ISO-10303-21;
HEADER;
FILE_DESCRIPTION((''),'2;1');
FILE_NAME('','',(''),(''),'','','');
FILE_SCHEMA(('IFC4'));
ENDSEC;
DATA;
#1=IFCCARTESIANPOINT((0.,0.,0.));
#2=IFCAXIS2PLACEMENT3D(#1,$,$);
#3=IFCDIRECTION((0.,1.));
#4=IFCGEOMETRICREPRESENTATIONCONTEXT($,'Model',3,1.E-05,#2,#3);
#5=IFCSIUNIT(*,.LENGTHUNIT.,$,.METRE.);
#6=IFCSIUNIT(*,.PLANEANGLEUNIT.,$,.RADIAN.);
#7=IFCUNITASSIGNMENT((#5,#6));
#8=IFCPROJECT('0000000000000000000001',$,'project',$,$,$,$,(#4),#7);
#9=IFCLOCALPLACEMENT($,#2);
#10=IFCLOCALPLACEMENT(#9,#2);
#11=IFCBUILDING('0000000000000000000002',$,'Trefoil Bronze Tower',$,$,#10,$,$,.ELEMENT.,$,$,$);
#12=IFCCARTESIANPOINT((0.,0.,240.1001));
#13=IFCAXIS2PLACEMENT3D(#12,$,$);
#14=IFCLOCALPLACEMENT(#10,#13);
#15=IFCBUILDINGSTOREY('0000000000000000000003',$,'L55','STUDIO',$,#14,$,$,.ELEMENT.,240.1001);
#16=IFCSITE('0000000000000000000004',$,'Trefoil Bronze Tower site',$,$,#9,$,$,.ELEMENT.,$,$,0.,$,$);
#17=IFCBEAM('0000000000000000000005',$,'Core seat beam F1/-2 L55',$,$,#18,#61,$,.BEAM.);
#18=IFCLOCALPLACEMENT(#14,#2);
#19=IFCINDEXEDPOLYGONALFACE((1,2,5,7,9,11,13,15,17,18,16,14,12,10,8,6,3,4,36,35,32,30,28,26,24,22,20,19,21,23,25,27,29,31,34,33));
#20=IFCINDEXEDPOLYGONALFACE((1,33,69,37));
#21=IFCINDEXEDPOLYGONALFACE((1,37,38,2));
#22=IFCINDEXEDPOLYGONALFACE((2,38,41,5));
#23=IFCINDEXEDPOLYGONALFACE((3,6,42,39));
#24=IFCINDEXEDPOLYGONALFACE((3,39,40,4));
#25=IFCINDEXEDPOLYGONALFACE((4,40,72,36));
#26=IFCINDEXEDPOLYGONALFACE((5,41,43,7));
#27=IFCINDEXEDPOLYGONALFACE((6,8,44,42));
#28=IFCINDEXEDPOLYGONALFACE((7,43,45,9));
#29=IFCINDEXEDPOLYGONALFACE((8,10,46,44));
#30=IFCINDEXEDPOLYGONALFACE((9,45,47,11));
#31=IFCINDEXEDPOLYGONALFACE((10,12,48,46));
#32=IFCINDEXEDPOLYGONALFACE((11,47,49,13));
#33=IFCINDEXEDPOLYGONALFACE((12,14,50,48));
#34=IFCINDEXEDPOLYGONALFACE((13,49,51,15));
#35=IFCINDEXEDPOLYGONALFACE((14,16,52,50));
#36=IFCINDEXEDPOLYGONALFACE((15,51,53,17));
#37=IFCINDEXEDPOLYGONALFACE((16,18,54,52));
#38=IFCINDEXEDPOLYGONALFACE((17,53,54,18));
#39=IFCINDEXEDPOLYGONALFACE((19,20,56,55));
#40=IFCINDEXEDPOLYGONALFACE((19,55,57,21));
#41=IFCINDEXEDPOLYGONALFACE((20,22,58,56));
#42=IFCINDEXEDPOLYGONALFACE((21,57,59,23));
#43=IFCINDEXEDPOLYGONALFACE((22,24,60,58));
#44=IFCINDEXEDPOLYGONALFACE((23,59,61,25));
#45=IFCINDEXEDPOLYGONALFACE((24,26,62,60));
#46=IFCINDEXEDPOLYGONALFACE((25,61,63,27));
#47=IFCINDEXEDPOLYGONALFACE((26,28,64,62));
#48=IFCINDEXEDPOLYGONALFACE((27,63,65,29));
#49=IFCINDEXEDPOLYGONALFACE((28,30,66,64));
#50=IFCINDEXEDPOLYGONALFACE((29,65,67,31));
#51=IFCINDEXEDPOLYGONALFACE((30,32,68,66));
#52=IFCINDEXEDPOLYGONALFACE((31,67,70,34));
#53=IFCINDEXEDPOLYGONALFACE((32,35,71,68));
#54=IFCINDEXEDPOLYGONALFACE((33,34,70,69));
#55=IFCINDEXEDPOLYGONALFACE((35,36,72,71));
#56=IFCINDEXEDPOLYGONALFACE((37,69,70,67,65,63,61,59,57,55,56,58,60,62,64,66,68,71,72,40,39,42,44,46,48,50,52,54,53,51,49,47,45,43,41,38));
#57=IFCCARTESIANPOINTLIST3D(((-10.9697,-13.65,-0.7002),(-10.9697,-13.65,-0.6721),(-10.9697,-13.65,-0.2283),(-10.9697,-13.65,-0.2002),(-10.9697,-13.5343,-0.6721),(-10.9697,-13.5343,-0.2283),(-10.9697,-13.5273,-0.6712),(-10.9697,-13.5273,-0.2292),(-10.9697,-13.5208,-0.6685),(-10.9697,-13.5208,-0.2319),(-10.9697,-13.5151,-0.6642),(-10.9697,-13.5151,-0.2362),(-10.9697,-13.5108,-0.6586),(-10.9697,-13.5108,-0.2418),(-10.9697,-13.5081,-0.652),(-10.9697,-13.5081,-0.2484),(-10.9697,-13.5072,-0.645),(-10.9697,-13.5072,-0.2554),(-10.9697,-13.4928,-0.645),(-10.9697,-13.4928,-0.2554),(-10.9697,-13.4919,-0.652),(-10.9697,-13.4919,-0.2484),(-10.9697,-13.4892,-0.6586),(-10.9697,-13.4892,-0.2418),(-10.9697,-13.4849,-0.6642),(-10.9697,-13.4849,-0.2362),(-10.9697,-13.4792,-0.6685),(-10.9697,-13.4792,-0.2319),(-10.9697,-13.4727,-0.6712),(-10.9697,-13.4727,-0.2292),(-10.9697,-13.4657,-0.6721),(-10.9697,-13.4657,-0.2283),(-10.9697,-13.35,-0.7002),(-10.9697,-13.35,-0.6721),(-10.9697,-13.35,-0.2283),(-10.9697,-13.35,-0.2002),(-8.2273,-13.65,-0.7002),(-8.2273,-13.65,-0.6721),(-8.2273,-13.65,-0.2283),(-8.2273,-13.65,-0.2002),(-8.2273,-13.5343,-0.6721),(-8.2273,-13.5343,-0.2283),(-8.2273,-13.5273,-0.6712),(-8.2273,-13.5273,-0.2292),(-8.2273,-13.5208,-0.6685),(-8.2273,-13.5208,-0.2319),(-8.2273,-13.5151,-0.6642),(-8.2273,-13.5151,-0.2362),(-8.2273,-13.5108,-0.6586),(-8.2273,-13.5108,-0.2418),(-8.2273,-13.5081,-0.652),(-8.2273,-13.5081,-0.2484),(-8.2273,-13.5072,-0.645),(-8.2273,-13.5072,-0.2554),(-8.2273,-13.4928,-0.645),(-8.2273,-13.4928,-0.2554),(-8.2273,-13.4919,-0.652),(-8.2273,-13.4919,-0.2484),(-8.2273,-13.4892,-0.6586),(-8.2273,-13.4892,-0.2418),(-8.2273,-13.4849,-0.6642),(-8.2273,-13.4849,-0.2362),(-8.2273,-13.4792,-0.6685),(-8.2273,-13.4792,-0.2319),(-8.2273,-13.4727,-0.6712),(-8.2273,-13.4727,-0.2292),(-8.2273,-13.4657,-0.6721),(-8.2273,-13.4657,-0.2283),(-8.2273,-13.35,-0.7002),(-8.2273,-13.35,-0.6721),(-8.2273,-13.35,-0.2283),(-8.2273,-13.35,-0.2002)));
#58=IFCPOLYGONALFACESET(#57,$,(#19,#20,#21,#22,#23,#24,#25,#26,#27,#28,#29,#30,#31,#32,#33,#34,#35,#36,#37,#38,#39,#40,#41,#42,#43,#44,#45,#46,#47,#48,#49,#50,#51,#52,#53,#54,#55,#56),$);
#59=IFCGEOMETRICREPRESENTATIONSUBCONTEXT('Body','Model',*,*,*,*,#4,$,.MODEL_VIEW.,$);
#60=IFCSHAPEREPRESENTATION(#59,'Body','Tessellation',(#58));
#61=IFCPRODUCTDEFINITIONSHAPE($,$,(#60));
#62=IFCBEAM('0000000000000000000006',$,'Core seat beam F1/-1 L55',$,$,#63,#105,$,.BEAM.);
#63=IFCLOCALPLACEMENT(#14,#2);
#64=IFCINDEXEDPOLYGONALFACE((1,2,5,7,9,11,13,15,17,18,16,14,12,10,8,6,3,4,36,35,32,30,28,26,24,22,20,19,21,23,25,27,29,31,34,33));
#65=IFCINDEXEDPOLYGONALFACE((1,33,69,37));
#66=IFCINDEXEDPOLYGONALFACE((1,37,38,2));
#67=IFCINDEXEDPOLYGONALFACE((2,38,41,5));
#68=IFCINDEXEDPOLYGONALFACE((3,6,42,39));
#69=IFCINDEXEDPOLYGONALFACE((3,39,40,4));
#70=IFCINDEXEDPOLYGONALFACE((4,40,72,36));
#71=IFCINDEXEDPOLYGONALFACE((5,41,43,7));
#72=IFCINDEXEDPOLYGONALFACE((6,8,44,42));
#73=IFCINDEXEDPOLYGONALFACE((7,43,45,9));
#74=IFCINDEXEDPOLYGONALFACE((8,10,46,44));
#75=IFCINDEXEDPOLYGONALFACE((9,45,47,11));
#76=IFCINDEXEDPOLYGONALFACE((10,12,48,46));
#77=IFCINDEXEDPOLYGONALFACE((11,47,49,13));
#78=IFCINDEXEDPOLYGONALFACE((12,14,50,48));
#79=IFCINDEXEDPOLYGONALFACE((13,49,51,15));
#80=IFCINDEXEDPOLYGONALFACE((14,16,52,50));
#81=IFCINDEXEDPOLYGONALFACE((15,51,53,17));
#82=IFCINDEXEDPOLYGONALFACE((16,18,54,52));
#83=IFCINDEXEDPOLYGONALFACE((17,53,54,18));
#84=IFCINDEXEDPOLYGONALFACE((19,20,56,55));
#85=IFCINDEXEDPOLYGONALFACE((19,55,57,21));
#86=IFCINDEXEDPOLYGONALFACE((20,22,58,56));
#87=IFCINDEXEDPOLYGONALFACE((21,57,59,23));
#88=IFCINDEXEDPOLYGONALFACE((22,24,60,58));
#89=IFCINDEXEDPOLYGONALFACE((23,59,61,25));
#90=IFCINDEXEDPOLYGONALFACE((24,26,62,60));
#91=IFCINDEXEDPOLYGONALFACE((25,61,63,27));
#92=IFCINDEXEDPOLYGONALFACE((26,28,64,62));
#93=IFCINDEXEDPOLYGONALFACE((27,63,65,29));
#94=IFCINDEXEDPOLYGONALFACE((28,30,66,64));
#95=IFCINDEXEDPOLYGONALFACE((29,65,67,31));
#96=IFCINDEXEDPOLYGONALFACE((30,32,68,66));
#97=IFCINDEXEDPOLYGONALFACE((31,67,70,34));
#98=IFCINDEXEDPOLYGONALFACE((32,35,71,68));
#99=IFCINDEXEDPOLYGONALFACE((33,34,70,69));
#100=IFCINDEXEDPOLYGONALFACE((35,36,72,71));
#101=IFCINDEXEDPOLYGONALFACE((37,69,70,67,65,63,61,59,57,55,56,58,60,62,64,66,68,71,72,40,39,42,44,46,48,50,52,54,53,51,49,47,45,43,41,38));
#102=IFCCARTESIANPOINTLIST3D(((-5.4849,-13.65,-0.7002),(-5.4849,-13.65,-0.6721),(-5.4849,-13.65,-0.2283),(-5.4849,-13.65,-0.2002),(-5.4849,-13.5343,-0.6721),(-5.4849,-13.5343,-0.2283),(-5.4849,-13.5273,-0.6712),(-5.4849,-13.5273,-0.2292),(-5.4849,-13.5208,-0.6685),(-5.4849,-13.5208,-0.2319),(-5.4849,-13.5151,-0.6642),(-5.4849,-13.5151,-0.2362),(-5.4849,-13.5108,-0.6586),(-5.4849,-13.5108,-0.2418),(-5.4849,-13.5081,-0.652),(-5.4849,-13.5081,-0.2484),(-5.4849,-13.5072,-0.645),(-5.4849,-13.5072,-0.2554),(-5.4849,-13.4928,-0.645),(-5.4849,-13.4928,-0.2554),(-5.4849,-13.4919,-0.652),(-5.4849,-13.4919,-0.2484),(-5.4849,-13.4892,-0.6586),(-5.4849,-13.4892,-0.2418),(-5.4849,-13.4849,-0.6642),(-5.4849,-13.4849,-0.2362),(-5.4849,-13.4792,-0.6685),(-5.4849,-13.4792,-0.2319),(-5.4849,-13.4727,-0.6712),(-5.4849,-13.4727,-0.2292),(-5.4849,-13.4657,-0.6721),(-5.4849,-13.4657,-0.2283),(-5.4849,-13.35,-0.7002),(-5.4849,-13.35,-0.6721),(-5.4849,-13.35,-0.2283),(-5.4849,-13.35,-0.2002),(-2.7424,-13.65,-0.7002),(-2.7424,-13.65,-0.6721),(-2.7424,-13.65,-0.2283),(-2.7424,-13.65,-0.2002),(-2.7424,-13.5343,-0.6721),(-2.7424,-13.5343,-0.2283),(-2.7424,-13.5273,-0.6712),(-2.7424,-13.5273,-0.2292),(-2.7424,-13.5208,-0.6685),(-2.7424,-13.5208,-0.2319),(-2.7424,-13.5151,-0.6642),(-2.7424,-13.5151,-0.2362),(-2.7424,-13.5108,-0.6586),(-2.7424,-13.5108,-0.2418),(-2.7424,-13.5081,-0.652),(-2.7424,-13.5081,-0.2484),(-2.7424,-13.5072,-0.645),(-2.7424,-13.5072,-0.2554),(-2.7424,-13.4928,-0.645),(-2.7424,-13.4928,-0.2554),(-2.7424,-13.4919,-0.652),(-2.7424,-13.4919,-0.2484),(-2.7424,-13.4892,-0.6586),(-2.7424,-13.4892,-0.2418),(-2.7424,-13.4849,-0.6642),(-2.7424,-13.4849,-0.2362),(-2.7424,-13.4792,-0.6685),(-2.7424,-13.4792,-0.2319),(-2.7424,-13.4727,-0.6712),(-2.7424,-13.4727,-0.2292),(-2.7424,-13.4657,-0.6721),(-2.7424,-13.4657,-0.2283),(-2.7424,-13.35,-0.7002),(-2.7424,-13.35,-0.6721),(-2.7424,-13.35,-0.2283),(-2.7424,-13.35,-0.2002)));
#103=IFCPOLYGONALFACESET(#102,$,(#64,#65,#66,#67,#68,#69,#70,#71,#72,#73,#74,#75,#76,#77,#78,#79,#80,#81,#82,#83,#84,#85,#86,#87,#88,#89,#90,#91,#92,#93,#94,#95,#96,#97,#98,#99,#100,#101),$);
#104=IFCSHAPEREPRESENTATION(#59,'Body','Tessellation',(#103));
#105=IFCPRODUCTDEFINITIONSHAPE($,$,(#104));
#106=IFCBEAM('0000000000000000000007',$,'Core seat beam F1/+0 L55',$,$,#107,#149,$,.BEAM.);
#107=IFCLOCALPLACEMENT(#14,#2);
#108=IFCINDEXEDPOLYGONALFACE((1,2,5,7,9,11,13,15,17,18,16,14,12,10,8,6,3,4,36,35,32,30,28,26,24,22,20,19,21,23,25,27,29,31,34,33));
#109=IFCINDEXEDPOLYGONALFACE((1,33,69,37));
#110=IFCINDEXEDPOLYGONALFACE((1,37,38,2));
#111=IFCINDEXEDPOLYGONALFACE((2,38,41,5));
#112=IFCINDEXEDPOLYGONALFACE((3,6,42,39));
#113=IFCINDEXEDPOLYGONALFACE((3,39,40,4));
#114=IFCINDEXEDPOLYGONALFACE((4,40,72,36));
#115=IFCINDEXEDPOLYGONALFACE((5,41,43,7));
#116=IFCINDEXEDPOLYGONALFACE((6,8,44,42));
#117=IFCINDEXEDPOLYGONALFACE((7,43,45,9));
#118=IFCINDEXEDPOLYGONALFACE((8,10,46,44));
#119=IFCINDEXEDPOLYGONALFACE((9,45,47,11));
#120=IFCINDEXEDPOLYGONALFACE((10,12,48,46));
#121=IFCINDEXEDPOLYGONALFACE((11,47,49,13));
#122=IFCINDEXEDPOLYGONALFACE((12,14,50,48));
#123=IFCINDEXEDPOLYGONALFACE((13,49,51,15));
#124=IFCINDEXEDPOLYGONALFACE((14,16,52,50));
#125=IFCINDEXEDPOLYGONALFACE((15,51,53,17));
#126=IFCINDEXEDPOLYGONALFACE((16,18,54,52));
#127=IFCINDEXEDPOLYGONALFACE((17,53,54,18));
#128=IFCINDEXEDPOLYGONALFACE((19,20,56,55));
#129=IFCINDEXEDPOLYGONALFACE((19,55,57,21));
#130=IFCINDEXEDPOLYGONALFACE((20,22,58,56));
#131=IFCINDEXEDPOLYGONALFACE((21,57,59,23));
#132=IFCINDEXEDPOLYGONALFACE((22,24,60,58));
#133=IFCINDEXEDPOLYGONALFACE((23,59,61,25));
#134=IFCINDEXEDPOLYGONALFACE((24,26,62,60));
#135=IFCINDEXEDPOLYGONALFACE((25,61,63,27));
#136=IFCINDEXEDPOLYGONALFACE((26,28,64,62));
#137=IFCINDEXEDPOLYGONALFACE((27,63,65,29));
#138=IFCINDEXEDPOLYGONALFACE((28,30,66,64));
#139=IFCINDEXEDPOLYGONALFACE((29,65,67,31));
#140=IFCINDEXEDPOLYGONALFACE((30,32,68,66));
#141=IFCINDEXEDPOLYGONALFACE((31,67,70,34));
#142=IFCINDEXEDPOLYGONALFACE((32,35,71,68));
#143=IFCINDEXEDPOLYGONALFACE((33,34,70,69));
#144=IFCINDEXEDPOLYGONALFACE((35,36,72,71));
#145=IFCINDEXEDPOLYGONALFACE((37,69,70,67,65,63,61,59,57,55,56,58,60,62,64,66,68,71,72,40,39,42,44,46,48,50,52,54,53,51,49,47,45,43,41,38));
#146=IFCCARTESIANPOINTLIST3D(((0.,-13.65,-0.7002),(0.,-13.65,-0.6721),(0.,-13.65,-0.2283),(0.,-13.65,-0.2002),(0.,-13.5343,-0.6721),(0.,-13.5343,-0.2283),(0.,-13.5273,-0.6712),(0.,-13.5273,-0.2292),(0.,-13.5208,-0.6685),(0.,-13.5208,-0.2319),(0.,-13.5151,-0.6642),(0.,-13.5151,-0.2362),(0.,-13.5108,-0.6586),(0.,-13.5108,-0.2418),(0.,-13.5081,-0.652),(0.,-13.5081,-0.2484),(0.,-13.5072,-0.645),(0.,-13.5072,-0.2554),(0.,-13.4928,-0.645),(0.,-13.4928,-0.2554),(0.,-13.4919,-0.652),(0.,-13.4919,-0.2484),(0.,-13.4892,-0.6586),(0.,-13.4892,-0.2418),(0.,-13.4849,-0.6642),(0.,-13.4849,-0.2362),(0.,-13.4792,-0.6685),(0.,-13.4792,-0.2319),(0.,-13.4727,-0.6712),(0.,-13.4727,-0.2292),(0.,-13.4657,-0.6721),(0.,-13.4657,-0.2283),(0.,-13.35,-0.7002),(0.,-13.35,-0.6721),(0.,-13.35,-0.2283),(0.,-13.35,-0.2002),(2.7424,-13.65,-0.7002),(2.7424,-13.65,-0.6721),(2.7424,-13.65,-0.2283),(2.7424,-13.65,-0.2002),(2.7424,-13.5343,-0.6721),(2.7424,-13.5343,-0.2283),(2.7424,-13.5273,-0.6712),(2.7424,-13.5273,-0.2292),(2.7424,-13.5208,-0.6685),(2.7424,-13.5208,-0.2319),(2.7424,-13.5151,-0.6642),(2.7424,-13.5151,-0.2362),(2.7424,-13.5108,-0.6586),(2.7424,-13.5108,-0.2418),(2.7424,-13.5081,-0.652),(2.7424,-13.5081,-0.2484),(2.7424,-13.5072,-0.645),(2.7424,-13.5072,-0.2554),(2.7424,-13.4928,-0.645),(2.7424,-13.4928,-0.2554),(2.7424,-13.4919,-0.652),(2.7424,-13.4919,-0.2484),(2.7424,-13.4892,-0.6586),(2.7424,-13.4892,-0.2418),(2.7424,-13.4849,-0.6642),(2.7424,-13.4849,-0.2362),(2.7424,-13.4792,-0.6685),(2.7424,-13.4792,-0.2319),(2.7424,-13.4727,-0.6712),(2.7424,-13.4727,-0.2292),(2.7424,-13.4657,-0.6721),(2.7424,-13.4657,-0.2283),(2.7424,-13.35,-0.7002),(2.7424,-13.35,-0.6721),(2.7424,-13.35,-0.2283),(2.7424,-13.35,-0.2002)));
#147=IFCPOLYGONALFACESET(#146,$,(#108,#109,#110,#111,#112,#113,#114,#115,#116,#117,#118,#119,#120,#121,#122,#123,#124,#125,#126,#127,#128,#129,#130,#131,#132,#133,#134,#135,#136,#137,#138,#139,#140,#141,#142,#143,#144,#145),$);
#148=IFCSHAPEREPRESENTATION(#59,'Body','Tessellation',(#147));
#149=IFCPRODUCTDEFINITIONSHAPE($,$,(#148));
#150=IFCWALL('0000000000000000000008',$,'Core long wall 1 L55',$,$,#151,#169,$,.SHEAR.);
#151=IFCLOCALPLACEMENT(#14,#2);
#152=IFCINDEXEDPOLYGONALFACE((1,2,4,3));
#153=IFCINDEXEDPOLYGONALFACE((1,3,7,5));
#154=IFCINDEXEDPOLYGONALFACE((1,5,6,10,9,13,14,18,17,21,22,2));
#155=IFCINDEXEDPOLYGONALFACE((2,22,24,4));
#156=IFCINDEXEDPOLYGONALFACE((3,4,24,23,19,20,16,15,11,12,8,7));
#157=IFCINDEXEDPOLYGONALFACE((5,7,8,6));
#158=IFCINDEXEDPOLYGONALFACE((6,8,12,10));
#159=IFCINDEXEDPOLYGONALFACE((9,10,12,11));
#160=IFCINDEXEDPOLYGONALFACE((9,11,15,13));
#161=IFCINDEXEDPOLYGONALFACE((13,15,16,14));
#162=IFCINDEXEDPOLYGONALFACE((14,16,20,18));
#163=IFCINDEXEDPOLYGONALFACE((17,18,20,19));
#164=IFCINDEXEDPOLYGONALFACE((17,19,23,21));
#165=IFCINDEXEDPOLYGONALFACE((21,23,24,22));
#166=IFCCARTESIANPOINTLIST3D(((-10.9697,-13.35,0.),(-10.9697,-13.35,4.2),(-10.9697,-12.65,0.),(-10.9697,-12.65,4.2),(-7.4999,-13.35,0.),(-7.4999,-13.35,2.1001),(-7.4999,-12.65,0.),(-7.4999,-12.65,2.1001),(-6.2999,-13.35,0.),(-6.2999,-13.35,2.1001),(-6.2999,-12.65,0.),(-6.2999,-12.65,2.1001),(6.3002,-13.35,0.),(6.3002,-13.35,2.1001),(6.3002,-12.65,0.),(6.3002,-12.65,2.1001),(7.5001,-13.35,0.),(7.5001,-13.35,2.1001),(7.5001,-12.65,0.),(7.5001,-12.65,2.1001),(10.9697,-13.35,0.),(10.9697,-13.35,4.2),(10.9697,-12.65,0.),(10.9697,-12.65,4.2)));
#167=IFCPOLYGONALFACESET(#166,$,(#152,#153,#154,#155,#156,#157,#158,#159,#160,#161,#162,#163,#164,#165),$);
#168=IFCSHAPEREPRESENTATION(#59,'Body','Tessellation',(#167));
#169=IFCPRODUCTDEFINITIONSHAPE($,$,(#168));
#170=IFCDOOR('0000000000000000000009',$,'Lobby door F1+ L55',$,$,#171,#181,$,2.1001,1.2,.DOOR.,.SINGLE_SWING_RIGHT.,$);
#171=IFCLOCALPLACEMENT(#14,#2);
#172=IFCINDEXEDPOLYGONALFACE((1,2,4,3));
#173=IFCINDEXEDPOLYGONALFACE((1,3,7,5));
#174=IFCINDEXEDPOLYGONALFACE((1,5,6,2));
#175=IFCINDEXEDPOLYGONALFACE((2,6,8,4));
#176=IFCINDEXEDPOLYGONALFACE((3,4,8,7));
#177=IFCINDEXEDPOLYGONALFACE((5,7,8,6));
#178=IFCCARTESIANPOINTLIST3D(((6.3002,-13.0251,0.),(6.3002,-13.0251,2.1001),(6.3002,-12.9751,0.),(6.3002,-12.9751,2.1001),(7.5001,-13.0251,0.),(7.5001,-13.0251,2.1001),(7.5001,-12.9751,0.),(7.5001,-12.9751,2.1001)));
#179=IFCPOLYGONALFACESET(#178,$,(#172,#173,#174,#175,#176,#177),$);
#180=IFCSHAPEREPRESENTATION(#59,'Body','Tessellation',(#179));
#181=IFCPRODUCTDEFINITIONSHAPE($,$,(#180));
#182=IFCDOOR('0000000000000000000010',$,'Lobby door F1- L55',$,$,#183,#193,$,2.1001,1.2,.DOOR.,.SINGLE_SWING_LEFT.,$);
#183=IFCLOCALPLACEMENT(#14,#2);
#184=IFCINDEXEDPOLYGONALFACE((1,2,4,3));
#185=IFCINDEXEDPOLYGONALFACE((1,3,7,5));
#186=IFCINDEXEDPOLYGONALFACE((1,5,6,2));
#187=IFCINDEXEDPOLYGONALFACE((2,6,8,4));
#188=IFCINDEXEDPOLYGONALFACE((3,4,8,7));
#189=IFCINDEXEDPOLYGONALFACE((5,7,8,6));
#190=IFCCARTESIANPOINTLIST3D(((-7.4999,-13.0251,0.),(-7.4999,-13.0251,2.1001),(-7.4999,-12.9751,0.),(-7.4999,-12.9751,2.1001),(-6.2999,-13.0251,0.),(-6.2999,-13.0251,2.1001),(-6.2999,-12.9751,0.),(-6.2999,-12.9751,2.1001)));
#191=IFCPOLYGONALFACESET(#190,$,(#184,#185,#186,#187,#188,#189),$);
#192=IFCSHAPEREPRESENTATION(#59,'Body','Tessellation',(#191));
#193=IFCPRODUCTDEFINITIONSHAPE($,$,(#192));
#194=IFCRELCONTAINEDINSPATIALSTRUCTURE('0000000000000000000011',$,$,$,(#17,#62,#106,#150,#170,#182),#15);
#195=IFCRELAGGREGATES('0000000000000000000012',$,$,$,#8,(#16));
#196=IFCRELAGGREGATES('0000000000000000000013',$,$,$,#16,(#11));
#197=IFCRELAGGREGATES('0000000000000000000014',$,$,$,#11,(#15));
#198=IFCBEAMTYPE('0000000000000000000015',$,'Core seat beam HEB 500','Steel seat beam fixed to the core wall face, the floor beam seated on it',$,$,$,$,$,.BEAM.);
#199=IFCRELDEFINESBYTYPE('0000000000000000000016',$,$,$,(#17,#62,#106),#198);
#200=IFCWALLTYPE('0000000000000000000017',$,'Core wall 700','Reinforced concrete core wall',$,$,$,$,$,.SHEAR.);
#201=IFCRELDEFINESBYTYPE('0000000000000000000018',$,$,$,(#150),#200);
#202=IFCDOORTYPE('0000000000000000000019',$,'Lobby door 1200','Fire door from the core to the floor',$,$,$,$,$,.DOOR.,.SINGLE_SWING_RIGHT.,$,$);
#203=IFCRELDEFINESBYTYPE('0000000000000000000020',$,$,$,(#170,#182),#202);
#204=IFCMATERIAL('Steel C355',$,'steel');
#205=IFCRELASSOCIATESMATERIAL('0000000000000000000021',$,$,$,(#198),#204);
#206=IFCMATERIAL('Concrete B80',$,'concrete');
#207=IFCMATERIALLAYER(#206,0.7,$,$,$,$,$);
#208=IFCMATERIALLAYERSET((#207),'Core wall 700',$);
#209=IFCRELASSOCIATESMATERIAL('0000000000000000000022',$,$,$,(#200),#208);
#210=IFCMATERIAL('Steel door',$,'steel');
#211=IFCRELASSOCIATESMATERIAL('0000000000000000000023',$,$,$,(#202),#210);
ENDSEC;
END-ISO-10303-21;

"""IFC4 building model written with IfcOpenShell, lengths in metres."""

from ifc_helpers import new_model, si_unit, direction, frame, frame_2d, origin, origin_2d, place, context, subcontext, project, spatial, rectangle, i_section, extrude, material, layer, layer_set, material_profile, profile_set, type_object, element, fill, save


model = new_model("IFC4")

# Units and contexts
model_context = context("Model", 3, precision=1e-05, world=origin(), true_north=direction((0.0, 1.0)))
body_context = subcontext(model_context, "Body", "Model", "MODEL_VIEW")
ifc_project = project(units=[si_unit("LENGTHUNIT", "METRE"), si_unit("PLANEANGLEUNIT", "RADIAN")], contexts=[model_context])

# Site, building, storey
site_placement = place(None, origin())
site = spatial("IfcSite", under=ifc_project, at=site_placement, Name="Trefoil Bronze Tower site", CompositionType="ELEMENT", RefElevation=0.0)
building_placement = place(site_placement, origin())
building = spatial("IfcBuilding", under=site, at=building_placement, Name="Trefoil Bronze Tower", CompositionType="ELEMENT")
storey_placement = place(building_placement, frame((0.0, 0.0, 240.1001)))
storey = spatial("IfcBuildingStorey", under=building, at=storey_placement, Name="L55", Description="STUDIO", CompositionType="ELEMENT", Elevation=240.1001)

# Beams
ifc_material_1 = material(Name="Steel C355", Category="steel")
ifc_material_profile = material_profile(ifc_material_1, i_section(OverallWidth=0.3, OverallDepth=0.5, WebThickness=0.0144, FlangeThickness=0.0281, FilletRadius=0.0271, at=origin_2d()), Name="HEB 500")
ifc_profile_set = profile_set([ifc_material_profile], Name="Steel C355")
beam_type = type_object("IfcBeamType", Name="Core seat beam HEB 500", Description="Steel seat beam fixed to the core wall face, the floor beam seated on it", PredefinedType="BEAM", material=ifc_profile_set)
for number, where, z_axis, x_axis, name in (
    (1, (-10.9697, -13.5, -0.4502), (1.0, 0.0, 0.0), (0.0, 1.0, 0.0), "Core seat beam F1/-2 L55"),
    (2, (-5.4849, -13.5, -0.4502), (1.0, 0.0, 0.0), (0.0, 1.0, 0.0), "Core seat beam F1/-1 L55"),
    (3, (0.0, -13.5, -0.4502), (1.0, 0.0, 0.0), (0.0, 1.0, 0.0), "Core seat beam F1/+0 L55"),
):
    element("IfcBeam", number, at=place(storey_placement, frame(where, z_axis=z_axis, x_axis=x_axis)), inside=storey, type_object=beam_type, Name=name, PredefinedType="BEAM", context=body_context, shape_type="SweptSolid", body=[
        extrude(i_section(OverallWidth=0.3, OverallDepth=0.5, WebThickness=0.0144, FlangeThickness=0.0281, FilletRadius=0.0271, at=origin_2d()), origin(), (0.0, 0.0, 1.0), 2.7424),
    ])

# Wall, openings, doors
ifc_material_2 = material(Name="Concrete B80", Category="concrete")
ifc_layer_1 = layer(ifc_material_2, 0.7)
ifc_layer_set_1 = layer_set([ifc_layer_1], Name="Core wall 700")
wall_type_1 = type_object("IfcWallType", Name="Core wall 700", Description="Reinforced concrete core wall", PredefinedType="SHEAR", material=ifc_layer_set_1)
wall_1_placement = place(storey_placement, frame((-10.9697, -13.0, 0.0), z_axis=(0.0, 0.0, 1.0), x_axis=(1.0, 0.0, 0.0)))
wall_1 = element("IfcWall", 4, at=wall_1_placement, inside=storey, type_object=wall_type_1, Name="Core long wall 1 L55", PredefinedType="SHEAR", context=body_context, shape_type="SweptSolid", body=[
    extrude(rectangle(XDim=21.9395, YDim=0.7, at=frame_2d((10.9697, 0.0))), origin(), (0.0, 0.0, 1.0), 4.2),
])
opening_1_placement = place(wall_1_placement, frame((17.2698, 0.0, 0.0)))
opening_1 = element("IfcOpeningElement", 5, at=opening_1_placement, cuts=wall_1, PredefinedType="OPENING", context=body_context, shape_type="SweptSolid", body=[
    extrude(rectangle(XDim=1.2, YDim=2.1001, at=frame_2d((0.6001, 1.05))), frame((0.0, 0.3599, 0.0), z_axis=(0.0, -1.0, 0.0), x_axis=(1.0, 0.0, 0.0)), (0.0, 0.0, 1.0), 0.72),
])
opening_2_placement = place(wall_1_placement, frame((3.4697, 0.0, 0.0)))
opening_2 = element("IfcOpeningElement", 6, at=opening_2_placement, cuts=wall_1, PredefinedType="OPENING", context=body_context, shape_type="SweptSolid", body=[
    extrude(rectangle(XDim=1.2, YDim=2.1001, at=frame_2d((0.6001, 1.05))), frame((0.0, 0.3599, 0.0), z_axis=(0.0, -1.0, 0.0), x_axis=(1.0, 0.0, 0.0)), (0.0, 0.0, 1.0), 0.72),
])
ifc_material_3 = material(Name="Steel door", Category="steel")
door_type_1 = type_object("IfcDoorType", Name="Lobby door 1200", Description="Fire door from the core to the floor", OperationType="SINGLE_SWING_RIGHT", PredefinedType="DOOR", material=ifc_material_3)
door_1_placement = place(opening_1_placement, origin())
door_1 = element("IfcDoor", 7, at=door_1_placement, inside=storey, type_object=door_type_1, Name="Lobby door F1+ L55", OperationType="SINGLE_SWING_RIGHT", OverallHeight=2.1001, OverallWidth=1.2, PredefinedType="DOOR", context=body_context, shape_type="SweptSolid", body=[
    extrude(rectangle(XDim=1.2, YDim=2.1001, at=frame_2d((0.6001, 1.05))), frame((0.0, 0.0249, 0.0), z_axis=(0.0, -1.0, 0.0), x_axis=(1.0, 0.0, 0.0)), (0.0, 0.0, 1.0), 0.05),
])
fill(opening_1, door_1)
door_2_placement = place(opening_2_placement, origin())
door_2 = element("IfcDoor", 8, at=door_2_placement, inside=storey, type_object=door_type_1, Name="Lobby door F1- L55", OperationType="SINGLE_SWING_LEFT", OverallHeight=2.1001, OverallWidth=1.2, PredefinedType="DOOR", context=body_context, shape_type="SweptSolid", body=[
    extrude(rectangle(XDim=1.2, YDim=2.1001, at=frame_2d((0.6001, 1.05))), frame((0.0, 0.0249, 0.0), z_axis=(0.0, -1.0, 0.0), x_axis=(1.0, 0.0, 0.0)), (0.0, 0.0, 1.0), 0.05),
])
fill(opening_2, door_2)

save(model, "model.ifc")
